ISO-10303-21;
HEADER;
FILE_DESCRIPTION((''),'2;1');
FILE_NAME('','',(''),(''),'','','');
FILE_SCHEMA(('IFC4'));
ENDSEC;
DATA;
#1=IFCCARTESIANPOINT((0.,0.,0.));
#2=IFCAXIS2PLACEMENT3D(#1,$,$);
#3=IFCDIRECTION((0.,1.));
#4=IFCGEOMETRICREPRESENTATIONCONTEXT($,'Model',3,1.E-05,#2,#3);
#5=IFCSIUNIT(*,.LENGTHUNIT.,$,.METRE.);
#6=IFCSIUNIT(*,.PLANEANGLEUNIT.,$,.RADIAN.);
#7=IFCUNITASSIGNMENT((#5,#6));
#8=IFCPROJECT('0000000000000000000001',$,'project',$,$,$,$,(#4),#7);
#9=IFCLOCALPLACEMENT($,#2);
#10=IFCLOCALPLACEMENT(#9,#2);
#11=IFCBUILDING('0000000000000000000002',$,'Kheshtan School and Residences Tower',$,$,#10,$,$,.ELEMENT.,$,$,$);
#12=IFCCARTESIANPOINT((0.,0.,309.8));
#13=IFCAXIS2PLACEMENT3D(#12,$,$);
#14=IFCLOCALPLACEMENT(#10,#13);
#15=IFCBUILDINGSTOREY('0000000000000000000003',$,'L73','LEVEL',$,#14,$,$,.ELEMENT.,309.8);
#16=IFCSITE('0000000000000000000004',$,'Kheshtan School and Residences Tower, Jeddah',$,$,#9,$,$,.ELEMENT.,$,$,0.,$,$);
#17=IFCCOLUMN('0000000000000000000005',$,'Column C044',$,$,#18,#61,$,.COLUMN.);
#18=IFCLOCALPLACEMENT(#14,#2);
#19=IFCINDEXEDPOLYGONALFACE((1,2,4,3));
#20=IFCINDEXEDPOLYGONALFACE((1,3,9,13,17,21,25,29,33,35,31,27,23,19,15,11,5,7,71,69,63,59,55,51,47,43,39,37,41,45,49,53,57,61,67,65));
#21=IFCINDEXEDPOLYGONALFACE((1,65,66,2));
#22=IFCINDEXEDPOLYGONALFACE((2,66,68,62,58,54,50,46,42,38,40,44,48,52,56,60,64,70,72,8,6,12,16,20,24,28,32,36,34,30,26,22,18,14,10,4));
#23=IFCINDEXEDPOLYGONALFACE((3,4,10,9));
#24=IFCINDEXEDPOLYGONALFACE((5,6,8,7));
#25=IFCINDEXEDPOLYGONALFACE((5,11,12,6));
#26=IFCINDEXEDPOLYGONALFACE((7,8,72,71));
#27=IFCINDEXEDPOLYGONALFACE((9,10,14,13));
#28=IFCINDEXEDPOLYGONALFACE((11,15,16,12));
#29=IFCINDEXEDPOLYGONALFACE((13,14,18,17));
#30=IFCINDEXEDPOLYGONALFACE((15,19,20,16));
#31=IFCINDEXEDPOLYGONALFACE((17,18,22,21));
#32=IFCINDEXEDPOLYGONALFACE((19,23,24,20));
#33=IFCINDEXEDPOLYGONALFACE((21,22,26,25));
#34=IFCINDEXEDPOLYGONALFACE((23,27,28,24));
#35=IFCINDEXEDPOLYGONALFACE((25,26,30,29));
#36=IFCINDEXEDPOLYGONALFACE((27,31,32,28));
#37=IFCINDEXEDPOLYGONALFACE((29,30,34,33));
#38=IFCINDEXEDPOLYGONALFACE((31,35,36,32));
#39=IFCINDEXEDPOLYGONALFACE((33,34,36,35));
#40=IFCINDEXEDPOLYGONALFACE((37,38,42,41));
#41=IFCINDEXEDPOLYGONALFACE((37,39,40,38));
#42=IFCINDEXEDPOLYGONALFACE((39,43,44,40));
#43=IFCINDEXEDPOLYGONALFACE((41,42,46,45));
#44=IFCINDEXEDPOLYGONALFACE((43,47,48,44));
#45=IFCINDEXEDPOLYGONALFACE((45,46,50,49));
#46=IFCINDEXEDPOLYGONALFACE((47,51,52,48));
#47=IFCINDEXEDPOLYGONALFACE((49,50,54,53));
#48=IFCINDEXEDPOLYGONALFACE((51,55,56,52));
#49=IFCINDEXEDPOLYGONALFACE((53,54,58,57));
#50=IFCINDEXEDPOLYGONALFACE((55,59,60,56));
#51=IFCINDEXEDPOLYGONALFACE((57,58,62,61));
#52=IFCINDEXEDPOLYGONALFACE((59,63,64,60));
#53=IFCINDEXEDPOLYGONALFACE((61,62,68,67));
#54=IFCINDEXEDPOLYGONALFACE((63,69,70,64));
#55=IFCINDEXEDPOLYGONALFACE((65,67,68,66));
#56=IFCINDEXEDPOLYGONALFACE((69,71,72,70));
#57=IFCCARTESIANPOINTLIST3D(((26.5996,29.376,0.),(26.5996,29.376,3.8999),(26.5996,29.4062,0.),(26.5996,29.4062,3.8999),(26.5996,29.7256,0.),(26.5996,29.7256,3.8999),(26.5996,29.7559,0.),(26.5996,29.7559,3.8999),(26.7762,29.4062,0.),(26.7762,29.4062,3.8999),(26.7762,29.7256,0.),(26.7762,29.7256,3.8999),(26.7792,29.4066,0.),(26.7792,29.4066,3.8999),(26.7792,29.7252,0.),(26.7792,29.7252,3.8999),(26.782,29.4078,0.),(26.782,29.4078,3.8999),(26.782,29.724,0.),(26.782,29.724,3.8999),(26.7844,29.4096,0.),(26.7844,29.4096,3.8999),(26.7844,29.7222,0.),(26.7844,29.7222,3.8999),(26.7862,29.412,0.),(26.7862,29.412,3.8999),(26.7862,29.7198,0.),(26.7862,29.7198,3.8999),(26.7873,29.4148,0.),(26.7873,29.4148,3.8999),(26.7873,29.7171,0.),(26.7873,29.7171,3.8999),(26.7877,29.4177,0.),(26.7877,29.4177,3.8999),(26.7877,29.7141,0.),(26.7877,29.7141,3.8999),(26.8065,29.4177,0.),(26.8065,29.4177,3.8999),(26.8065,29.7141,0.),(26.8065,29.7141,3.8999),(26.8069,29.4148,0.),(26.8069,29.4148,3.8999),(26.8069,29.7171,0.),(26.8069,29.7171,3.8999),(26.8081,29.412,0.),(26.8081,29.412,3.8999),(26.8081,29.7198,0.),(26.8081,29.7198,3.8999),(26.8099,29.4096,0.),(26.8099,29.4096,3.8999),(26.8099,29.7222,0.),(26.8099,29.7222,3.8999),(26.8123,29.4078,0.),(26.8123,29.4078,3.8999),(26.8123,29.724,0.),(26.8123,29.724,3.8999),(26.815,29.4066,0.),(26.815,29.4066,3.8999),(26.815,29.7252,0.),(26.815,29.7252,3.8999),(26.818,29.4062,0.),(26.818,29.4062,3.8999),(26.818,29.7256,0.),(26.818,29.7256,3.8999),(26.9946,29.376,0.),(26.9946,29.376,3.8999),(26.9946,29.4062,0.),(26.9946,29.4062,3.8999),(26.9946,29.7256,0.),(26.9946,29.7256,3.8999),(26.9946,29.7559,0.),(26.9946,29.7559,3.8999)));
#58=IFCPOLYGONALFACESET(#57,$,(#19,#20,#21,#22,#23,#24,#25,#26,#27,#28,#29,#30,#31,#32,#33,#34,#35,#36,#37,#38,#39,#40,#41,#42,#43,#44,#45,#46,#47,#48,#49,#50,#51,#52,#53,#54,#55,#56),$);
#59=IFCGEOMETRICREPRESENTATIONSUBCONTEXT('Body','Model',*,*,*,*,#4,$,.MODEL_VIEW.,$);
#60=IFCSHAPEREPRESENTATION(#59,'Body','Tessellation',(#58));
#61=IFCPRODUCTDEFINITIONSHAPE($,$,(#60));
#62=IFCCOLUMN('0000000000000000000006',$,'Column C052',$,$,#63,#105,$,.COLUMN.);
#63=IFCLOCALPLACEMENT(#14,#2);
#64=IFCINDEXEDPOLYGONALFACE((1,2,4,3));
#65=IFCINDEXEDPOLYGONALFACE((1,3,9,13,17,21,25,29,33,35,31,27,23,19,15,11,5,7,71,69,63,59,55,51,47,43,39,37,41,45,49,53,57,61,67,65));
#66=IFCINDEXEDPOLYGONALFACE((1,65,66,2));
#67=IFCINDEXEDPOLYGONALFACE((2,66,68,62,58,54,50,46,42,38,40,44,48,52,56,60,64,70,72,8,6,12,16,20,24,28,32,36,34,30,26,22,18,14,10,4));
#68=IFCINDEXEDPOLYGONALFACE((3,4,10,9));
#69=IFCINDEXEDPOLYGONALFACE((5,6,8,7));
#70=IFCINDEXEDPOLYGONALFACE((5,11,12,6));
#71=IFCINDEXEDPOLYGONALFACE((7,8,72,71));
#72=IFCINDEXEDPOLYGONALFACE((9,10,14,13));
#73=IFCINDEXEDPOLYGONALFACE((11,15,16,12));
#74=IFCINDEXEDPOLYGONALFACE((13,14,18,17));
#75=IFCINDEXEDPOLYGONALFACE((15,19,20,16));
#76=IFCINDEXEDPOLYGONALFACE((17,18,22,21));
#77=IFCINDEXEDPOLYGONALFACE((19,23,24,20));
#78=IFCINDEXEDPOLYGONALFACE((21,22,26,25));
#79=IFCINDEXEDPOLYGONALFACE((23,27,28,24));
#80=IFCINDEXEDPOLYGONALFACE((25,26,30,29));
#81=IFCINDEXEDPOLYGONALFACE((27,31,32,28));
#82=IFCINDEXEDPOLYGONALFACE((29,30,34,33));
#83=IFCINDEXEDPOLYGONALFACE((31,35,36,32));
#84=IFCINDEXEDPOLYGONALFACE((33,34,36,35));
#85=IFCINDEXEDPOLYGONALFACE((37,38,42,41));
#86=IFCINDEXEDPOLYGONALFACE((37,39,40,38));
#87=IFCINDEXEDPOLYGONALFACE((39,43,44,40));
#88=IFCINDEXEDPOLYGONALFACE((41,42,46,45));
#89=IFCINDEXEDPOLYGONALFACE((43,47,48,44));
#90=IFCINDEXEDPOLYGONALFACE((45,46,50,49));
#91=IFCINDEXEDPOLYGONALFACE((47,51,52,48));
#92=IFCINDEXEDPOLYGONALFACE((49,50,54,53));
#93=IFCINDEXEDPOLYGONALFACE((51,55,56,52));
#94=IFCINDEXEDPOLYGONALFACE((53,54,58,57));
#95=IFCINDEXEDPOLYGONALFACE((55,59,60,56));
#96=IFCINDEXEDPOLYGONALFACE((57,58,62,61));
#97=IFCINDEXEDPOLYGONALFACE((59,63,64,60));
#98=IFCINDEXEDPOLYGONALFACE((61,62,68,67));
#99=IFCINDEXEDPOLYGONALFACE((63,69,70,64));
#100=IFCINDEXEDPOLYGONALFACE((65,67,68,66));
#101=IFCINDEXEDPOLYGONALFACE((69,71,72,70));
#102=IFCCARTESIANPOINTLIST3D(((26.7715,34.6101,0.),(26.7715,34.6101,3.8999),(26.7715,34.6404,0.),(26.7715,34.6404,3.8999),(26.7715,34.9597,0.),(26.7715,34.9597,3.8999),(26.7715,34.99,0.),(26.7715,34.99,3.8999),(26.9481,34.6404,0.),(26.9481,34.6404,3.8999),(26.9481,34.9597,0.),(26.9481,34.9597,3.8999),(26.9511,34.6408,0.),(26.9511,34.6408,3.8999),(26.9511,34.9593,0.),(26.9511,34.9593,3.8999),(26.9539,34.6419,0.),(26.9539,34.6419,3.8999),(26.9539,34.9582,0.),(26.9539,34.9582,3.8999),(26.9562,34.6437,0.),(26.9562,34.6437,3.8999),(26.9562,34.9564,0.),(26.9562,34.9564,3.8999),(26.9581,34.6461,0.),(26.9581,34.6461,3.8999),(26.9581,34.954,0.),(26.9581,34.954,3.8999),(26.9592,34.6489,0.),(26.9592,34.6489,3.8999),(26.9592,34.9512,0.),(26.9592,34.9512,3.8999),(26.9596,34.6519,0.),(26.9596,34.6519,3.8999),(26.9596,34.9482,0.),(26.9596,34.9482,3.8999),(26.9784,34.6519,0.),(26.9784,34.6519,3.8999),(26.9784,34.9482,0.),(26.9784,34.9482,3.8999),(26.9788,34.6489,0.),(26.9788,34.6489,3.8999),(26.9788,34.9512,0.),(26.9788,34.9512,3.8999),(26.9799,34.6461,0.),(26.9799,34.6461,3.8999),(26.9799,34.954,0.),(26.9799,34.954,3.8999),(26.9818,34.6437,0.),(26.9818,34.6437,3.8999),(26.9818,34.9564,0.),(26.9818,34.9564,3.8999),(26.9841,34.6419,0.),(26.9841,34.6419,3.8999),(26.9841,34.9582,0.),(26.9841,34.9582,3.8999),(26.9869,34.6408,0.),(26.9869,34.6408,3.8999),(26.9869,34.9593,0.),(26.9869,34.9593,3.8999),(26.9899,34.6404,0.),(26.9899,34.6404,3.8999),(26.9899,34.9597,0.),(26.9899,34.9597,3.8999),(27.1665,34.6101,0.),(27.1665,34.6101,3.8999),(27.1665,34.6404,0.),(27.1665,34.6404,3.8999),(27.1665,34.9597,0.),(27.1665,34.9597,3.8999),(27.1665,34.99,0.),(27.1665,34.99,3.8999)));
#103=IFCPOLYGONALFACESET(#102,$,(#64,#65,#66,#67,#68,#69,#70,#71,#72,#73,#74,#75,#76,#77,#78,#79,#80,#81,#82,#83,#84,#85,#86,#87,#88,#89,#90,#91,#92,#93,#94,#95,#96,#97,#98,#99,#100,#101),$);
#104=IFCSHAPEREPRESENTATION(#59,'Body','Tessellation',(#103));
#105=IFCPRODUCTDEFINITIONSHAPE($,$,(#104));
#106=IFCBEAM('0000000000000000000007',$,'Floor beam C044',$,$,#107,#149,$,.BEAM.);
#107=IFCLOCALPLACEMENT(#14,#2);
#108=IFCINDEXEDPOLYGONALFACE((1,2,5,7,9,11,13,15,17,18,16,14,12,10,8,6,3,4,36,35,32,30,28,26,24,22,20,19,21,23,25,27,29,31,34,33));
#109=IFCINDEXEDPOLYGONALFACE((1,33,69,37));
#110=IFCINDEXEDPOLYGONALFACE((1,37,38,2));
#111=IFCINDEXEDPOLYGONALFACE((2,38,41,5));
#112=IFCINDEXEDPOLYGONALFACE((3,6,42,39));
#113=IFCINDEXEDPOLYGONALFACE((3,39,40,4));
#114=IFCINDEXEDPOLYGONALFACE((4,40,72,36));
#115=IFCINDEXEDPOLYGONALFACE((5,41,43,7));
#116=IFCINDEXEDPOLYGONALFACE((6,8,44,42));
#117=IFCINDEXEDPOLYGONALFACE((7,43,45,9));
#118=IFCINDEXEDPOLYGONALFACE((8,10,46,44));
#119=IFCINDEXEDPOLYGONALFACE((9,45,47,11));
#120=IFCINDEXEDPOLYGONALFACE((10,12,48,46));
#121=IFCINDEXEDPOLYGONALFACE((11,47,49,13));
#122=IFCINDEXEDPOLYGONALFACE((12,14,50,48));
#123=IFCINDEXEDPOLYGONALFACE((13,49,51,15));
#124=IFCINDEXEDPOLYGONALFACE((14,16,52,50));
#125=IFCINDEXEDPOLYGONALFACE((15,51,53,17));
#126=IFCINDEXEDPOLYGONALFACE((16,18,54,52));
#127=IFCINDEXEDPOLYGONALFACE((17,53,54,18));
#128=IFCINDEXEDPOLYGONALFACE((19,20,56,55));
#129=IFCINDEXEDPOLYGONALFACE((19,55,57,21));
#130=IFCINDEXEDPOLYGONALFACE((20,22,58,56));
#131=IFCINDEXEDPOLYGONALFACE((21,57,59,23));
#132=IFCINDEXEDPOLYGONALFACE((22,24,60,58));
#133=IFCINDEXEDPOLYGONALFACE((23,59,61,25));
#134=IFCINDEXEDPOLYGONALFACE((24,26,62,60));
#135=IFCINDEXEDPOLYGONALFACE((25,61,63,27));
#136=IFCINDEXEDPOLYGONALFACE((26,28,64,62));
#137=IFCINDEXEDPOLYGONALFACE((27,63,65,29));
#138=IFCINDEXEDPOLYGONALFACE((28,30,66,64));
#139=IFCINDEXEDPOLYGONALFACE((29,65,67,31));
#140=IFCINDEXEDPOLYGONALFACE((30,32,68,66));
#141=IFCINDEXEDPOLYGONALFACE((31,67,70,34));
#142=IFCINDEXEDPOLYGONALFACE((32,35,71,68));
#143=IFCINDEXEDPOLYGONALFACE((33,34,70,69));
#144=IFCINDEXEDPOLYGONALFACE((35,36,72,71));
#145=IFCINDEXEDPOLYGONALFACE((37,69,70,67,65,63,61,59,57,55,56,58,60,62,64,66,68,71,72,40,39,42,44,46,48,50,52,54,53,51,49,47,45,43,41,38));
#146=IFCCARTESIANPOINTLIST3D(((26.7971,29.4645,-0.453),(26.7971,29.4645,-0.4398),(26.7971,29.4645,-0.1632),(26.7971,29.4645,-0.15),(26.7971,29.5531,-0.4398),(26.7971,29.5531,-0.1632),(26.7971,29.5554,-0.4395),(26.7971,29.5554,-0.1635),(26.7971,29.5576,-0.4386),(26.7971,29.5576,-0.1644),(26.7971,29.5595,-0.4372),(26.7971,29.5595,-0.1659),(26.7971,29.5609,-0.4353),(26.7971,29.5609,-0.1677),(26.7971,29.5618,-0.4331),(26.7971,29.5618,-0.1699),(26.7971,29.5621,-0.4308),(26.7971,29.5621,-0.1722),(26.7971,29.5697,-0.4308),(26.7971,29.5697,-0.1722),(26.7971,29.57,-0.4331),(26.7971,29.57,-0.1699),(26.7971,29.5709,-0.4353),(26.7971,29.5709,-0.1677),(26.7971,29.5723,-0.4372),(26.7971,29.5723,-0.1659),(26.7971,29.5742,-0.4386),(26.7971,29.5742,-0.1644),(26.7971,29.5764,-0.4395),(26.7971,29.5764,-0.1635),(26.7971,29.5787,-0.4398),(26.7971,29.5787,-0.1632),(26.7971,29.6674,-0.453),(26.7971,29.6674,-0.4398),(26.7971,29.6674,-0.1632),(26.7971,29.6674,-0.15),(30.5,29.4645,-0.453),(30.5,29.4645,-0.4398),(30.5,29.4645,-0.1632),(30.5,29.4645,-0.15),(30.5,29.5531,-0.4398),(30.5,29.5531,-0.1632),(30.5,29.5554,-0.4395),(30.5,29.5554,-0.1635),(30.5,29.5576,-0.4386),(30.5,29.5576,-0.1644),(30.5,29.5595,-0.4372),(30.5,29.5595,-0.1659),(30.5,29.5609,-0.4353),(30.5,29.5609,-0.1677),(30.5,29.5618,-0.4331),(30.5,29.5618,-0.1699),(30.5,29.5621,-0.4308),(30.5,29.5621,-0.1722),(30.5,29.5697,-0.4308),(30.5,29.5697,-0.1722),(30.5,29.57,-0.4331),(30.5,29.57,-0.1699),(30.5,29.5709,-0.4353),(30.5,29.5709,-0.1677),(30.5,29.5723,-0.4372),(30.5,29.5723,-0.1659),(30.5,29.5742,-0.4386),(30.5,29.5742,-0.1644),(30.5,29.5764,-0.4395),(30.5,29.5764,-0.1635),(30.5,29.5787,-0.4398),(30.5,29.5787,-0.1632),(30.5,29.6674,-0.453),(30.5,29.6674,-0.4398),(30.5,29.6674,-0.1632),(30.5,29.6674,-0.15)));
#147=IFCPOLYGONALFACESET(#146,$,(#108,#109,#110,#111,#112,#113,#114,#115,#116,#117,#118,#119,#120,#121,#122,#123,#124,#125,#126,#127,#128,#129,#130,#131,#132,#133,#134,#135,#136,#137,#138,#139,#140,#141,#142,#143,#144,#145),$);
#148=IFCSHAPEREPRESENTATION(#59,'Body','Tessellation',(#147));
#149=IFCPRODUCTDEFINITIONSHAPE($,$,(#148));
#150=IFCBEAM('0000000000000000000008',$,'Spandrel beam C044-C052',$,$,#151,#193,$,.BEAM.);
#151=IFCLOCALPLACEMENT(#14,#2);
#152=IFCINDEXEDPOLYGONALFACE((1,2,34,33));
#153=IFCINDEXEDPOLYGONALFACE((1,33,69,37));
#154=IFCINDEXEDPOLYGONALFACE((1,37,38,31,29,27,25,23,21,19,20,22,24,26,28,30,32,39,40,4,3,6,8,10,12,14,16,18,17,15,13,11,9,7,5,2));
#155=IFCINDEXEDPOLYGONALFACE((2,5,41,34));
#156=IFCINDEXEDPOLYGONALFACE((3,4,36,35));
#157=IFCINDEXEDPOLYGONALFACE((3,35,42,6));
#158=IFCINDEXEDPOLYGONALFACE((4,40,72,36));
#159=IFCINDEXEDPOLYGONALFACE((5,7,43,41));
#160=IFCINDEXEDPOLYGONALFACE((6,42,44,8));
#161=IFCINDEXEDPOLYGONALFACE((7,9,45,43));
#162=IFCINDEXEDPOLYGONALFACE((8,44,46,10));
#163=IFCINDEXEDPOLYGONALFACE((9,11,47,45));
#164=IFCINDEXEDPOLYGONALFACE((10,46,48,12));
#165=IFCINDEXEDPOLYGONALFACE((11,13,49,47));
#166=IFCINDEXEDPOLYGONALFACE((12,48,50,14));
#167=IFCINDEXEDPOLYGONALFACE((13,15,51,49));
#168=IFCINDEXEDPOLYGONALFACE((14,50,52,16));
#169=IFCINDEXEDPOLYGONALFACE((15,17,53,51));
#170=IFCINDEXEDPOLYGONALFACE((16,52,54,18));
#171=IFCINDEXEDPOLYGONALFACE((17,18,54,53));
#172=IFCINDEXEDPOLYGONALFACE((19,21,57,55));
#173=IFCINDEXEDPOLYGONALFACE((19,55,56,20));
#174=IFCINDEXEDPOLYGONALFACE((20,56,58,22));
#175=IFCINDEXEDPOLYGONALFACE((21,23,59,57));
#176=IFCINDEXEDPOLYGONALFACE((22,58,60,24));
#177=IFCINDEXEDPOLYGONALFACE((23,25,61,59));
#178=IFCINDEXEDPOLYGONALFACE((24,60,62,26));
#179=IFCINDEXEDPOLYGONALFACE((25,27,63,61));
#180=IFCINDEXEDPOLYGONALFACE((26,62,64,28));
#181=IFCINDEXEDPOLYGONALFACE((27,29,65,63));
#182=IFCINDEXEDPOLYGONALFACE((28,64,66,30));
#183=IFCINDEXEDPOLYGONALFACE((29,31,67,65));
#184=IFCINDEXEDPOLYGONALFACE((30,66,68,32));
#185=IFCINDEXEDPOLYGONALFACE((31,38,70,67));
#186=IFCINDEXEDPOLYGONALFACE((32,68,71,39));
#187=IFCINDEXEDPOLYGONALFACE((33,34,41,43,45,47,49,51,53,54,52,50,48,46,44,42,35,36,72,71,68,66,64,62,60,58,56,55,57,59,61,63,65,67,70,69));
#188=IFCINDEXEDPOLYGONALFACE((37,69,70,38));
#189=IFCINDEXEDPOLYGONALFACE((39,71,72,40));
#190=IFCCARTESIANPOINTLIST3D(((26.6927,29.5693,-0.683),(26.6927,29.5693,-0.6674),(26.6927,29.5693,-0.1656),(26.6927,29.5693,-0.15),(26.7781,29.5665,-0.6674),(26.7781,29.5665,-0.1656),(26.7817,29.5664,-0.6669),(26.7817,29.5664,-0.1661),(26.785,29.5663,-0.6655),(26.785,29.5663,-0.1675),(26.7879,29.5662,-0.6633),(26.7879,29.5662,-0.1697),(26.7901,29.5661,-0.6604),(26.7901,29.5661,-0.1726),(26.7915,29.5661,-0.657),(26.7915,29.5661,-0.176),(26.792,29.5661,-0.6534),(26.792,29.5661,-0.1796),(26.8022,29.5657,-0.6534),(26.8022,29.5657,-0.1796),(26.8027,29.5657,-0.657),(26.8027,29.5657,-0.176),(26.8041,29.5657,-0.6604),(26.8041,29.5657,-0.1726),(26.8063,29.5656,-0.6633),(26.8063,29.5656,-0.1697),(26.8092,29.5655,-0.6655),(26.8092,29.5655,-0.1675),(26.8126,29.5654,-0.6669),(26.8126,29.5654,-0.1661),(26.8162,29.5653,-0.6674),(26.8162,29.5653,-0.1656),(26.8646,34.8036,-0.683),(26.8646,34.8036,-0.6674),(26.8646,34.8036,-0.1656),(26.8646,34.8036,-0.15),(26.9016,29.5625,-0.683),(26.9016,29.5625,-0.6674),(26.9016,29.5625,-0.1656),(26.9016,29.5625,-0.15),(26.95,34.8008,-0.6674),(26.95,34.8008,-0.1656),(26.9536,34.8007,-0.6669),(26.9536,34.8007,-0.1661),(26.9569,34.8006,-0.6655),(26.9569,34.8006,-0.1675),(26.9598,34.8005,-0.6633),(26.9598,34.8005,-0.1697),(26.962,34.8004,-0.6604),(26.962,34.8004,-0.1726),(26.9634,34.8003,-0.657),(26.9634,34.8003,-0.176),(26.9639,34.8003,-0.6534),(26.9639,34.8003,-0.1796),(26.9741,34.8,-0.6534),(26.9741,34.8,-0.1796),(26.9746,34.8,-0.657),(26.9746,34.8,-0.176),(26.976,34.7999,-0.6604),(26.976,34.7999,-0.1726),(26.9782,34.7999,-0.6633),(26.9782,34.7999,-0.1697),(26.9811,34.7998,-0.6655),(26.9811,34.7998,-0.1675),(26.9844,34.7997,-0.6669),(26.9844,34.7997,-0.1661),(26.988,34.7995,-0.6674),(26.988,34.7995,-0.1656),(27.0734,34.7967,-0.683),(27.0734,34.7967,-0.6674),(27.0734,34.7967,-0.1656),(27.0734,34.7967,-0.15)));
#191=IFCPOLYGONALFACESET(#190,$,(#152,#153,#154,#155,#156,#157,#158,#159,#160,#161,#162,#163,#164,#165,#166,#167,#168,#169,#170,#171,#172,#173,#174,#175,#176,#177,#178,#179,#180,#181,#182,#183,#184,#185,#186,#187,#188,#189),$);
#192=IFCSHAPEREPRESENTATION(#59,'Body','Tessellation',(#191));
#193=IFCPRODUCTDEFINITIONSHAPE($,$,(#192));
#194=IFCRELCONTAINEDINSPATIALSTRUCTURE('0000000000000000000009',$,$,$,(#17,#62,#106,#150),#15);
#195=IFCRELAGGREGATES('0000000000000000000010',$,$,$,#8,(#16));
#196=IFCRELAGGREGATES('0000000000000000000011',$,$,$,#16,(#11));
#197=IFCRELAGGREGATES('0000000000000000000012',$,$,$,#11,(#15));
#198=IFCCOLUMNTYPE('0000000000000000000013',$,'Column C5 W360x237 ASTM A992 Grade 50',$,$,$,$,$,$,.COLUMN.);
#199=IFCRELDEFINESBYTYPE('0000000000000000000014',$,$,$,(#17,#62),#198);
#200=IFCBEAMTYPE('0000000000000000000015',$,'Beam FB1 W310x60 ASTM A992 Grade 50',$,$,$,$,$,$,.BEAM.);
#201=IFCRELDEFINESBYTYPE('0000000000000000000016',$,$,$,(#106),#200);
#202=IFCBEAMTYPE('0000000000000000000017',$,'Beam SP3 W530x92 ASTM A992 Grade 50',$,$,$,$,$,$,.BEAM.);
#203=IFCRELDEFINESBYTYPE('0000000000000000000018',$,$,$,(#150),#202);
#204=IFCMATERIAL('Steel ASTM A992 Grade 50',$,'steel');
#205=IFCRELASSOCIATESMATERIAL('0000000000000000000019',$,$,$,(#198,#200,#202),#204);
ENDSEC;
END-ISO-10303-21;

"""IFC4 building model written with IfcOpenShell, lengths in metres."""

from ifc_helpers import new_model, si_unit, direction, frame, origin, origin_2d, place, context, subcontext, project, spatial, i_section, extrude, material, material_profile, profile_set, type_object, element, save


model = new_model("IFC4")

# Units and contexts
model_context = context("Model", 3, precision=1e-05, world=origin(), true_north=direction((0.0, 1.0)))
body_context = subcontext(model_context, "Body", "Model", "MODEL_VIEW")
ifc_project = project(units=[si_unit("LENGTHUNIT", "METRE"), si_unit("PLANEANGLEUNIT", "RADIAN")], contexts=[model_context])

# Site, building, storey
site_placement = place(None, origin())
site = spatial("IfcSite", under=ifc_project, at=site_placement, Name="Kheshtan School and Residences Tower, Jeddah", CompositionType="ELEMENT", RefElevation=0.0)
building_placement = place(site_placement, origin())
building = spatial("IfcBuilding", under=site, at=building_placement, Name="Kheshtan School and Residences Tower", CompositionType="ELEMENT")
storey_placement = place(building_placement, frame((0.0, 0.0, 309.8)))
storey = spatial("IfcBuildingStorey", under=building, at=storey_placement, Name="L73", Description="LEVEL", CompositionType="ELEMENT", Elevation=309.8)

# Columns
ifc_material_1 = material(Name="Steel ASTM A992 Grade 50", Category="steel")
ifc_material_profile_1 = material_profile(ifc_material_1, i_section(OverallWidth=0.395, OverallDepth=0.3799, WebThickness=0.0188, FlangeThickness=0.0303, FilletRadius=0.0115, at=origin_2d()), Name="W360x237")
ifc_profile_set_1 = profile_set([ifc_material_profile_1], Name="Steel ASTM A992 Grade 50")
column_type = type_object("IfcColumnType", Name="Column C5 W360x237 ASTM A992 Grade 50", PredefinedType="COLUMN", material=ifc_profile_set_1)
for number, where, z_axis, x_axis, name in (
    (1, (26.7971, 29.5659, 0.0), (0.0, 0.0, 1.0), (1.0, 0.0, 0.0), "Column C044"),
    (2, (26.969, 34.8, 0.0), (0.0, 0.0, 1.0), (1.0, 0.0, 0.0), "Column C052"),
):
    element("IfcColumn", number, at=place(storey_placement, frame(where, z_axis=z_axis, x_axis=x_axis)), inside=storey, type_object=column_type, Name=name, PredefinedType="COLUMN", context=body_context, shape_type="SweptSolid", body=[
        extrude(i_section(OverallWidth=0.395, OverallDepth=0.3799, WebThickness=0.0188, FlangeThickness=0.0303, FilletRadius=0.0115, at=origin_2d()), origin(), (0.0, 0.0, 1.0), 3.8999),
    ])

# Beams
ifc_material_profile_2 = material_profile(ifc_material_1, i_section(OverallWidth=0.2029, OverallDepth=0.303, WebThickness=0.0076, FlangeThickness=0.0132, FilletRadius=0.009, at=origin_2d()), Name="W310x60")
ifc_profile_set_2 = profile_set([ifc_material_profile_2], Name="Steel ASTM A992 Grade 50")
beam_type_1 = type_object("IfcBeamType", Name="Beam FB1 W310x60 ASTM A992 Grade 50", PredefinedType="BEAM", material=ifc_profile_set_2)
beam_1_placement = place(storey_placement, frame((26.7971, 29.5659, -0.3015), z_axis=(1.0, 0.0, 0.0), x_axis=(0.0, 1.0, 0.0)))
element("IfcBeam", 3, at=beam_1_placement, inside=storey, type_object=beam_type_1, Name="Floor beam C044", PredefinedType="BEAM", context=body_context, shape_type="SweptSolid", body=[
    extrude(i_section(OverallWidth=0.2029, OverallDepth=0.303, WebThickness=0.0076, FlangeThickness=0.0132, FilletRadius=0.009, at=origin_2d()), origin(), (0.0, 0.0, 1.0), 3.7029),
])
ifc_material_profile_3 = material_profile(ifc_material_1, i_section(OverallWidth=0.209, OverallDepth=0.533, WebThickness=0.0103, FlangeThickness=0.0156, FilletRadius=0.0139, at=origin_2d()), Name="W530x92")
ifc_profile_set_3 = profile_set([ifc_material_profile_3], Name="Steel ASTM A992 Grade 50")
beam_type_2 = type_object("IfcBeamType", Name="Beam SP3 W530x92 ASTM A992 Grade 50", PredefinedType="BEAM", material=ifc_profile_set_3)
beam_2_placement = place(storey_placement, frame((26.7971, 29.5659, -0.4165), z_axis=(0.03282, 0.999461, 0.0), x_axis=(-0.999461, 0.03282, 0.0)))
element("IfcBeam", 4, at=beam_2_placement, inside=storey, type_object=beam_type_2, Name="Spandrel beam C044-C052", PredefinedType="BEAM", context=body_context, shape_type="SweptSolid", body=[
    extrude(i_section(OverallWidth=0.209, OverallDepth=0.533, WebThickness=0.0103, FlangeThickness=0.0156, FilletRadius=0.0139, at=origin_2d()), origin(), (0.0, 0.0, 1.0), 5.2371),
])

save(model, "model.ifc")
